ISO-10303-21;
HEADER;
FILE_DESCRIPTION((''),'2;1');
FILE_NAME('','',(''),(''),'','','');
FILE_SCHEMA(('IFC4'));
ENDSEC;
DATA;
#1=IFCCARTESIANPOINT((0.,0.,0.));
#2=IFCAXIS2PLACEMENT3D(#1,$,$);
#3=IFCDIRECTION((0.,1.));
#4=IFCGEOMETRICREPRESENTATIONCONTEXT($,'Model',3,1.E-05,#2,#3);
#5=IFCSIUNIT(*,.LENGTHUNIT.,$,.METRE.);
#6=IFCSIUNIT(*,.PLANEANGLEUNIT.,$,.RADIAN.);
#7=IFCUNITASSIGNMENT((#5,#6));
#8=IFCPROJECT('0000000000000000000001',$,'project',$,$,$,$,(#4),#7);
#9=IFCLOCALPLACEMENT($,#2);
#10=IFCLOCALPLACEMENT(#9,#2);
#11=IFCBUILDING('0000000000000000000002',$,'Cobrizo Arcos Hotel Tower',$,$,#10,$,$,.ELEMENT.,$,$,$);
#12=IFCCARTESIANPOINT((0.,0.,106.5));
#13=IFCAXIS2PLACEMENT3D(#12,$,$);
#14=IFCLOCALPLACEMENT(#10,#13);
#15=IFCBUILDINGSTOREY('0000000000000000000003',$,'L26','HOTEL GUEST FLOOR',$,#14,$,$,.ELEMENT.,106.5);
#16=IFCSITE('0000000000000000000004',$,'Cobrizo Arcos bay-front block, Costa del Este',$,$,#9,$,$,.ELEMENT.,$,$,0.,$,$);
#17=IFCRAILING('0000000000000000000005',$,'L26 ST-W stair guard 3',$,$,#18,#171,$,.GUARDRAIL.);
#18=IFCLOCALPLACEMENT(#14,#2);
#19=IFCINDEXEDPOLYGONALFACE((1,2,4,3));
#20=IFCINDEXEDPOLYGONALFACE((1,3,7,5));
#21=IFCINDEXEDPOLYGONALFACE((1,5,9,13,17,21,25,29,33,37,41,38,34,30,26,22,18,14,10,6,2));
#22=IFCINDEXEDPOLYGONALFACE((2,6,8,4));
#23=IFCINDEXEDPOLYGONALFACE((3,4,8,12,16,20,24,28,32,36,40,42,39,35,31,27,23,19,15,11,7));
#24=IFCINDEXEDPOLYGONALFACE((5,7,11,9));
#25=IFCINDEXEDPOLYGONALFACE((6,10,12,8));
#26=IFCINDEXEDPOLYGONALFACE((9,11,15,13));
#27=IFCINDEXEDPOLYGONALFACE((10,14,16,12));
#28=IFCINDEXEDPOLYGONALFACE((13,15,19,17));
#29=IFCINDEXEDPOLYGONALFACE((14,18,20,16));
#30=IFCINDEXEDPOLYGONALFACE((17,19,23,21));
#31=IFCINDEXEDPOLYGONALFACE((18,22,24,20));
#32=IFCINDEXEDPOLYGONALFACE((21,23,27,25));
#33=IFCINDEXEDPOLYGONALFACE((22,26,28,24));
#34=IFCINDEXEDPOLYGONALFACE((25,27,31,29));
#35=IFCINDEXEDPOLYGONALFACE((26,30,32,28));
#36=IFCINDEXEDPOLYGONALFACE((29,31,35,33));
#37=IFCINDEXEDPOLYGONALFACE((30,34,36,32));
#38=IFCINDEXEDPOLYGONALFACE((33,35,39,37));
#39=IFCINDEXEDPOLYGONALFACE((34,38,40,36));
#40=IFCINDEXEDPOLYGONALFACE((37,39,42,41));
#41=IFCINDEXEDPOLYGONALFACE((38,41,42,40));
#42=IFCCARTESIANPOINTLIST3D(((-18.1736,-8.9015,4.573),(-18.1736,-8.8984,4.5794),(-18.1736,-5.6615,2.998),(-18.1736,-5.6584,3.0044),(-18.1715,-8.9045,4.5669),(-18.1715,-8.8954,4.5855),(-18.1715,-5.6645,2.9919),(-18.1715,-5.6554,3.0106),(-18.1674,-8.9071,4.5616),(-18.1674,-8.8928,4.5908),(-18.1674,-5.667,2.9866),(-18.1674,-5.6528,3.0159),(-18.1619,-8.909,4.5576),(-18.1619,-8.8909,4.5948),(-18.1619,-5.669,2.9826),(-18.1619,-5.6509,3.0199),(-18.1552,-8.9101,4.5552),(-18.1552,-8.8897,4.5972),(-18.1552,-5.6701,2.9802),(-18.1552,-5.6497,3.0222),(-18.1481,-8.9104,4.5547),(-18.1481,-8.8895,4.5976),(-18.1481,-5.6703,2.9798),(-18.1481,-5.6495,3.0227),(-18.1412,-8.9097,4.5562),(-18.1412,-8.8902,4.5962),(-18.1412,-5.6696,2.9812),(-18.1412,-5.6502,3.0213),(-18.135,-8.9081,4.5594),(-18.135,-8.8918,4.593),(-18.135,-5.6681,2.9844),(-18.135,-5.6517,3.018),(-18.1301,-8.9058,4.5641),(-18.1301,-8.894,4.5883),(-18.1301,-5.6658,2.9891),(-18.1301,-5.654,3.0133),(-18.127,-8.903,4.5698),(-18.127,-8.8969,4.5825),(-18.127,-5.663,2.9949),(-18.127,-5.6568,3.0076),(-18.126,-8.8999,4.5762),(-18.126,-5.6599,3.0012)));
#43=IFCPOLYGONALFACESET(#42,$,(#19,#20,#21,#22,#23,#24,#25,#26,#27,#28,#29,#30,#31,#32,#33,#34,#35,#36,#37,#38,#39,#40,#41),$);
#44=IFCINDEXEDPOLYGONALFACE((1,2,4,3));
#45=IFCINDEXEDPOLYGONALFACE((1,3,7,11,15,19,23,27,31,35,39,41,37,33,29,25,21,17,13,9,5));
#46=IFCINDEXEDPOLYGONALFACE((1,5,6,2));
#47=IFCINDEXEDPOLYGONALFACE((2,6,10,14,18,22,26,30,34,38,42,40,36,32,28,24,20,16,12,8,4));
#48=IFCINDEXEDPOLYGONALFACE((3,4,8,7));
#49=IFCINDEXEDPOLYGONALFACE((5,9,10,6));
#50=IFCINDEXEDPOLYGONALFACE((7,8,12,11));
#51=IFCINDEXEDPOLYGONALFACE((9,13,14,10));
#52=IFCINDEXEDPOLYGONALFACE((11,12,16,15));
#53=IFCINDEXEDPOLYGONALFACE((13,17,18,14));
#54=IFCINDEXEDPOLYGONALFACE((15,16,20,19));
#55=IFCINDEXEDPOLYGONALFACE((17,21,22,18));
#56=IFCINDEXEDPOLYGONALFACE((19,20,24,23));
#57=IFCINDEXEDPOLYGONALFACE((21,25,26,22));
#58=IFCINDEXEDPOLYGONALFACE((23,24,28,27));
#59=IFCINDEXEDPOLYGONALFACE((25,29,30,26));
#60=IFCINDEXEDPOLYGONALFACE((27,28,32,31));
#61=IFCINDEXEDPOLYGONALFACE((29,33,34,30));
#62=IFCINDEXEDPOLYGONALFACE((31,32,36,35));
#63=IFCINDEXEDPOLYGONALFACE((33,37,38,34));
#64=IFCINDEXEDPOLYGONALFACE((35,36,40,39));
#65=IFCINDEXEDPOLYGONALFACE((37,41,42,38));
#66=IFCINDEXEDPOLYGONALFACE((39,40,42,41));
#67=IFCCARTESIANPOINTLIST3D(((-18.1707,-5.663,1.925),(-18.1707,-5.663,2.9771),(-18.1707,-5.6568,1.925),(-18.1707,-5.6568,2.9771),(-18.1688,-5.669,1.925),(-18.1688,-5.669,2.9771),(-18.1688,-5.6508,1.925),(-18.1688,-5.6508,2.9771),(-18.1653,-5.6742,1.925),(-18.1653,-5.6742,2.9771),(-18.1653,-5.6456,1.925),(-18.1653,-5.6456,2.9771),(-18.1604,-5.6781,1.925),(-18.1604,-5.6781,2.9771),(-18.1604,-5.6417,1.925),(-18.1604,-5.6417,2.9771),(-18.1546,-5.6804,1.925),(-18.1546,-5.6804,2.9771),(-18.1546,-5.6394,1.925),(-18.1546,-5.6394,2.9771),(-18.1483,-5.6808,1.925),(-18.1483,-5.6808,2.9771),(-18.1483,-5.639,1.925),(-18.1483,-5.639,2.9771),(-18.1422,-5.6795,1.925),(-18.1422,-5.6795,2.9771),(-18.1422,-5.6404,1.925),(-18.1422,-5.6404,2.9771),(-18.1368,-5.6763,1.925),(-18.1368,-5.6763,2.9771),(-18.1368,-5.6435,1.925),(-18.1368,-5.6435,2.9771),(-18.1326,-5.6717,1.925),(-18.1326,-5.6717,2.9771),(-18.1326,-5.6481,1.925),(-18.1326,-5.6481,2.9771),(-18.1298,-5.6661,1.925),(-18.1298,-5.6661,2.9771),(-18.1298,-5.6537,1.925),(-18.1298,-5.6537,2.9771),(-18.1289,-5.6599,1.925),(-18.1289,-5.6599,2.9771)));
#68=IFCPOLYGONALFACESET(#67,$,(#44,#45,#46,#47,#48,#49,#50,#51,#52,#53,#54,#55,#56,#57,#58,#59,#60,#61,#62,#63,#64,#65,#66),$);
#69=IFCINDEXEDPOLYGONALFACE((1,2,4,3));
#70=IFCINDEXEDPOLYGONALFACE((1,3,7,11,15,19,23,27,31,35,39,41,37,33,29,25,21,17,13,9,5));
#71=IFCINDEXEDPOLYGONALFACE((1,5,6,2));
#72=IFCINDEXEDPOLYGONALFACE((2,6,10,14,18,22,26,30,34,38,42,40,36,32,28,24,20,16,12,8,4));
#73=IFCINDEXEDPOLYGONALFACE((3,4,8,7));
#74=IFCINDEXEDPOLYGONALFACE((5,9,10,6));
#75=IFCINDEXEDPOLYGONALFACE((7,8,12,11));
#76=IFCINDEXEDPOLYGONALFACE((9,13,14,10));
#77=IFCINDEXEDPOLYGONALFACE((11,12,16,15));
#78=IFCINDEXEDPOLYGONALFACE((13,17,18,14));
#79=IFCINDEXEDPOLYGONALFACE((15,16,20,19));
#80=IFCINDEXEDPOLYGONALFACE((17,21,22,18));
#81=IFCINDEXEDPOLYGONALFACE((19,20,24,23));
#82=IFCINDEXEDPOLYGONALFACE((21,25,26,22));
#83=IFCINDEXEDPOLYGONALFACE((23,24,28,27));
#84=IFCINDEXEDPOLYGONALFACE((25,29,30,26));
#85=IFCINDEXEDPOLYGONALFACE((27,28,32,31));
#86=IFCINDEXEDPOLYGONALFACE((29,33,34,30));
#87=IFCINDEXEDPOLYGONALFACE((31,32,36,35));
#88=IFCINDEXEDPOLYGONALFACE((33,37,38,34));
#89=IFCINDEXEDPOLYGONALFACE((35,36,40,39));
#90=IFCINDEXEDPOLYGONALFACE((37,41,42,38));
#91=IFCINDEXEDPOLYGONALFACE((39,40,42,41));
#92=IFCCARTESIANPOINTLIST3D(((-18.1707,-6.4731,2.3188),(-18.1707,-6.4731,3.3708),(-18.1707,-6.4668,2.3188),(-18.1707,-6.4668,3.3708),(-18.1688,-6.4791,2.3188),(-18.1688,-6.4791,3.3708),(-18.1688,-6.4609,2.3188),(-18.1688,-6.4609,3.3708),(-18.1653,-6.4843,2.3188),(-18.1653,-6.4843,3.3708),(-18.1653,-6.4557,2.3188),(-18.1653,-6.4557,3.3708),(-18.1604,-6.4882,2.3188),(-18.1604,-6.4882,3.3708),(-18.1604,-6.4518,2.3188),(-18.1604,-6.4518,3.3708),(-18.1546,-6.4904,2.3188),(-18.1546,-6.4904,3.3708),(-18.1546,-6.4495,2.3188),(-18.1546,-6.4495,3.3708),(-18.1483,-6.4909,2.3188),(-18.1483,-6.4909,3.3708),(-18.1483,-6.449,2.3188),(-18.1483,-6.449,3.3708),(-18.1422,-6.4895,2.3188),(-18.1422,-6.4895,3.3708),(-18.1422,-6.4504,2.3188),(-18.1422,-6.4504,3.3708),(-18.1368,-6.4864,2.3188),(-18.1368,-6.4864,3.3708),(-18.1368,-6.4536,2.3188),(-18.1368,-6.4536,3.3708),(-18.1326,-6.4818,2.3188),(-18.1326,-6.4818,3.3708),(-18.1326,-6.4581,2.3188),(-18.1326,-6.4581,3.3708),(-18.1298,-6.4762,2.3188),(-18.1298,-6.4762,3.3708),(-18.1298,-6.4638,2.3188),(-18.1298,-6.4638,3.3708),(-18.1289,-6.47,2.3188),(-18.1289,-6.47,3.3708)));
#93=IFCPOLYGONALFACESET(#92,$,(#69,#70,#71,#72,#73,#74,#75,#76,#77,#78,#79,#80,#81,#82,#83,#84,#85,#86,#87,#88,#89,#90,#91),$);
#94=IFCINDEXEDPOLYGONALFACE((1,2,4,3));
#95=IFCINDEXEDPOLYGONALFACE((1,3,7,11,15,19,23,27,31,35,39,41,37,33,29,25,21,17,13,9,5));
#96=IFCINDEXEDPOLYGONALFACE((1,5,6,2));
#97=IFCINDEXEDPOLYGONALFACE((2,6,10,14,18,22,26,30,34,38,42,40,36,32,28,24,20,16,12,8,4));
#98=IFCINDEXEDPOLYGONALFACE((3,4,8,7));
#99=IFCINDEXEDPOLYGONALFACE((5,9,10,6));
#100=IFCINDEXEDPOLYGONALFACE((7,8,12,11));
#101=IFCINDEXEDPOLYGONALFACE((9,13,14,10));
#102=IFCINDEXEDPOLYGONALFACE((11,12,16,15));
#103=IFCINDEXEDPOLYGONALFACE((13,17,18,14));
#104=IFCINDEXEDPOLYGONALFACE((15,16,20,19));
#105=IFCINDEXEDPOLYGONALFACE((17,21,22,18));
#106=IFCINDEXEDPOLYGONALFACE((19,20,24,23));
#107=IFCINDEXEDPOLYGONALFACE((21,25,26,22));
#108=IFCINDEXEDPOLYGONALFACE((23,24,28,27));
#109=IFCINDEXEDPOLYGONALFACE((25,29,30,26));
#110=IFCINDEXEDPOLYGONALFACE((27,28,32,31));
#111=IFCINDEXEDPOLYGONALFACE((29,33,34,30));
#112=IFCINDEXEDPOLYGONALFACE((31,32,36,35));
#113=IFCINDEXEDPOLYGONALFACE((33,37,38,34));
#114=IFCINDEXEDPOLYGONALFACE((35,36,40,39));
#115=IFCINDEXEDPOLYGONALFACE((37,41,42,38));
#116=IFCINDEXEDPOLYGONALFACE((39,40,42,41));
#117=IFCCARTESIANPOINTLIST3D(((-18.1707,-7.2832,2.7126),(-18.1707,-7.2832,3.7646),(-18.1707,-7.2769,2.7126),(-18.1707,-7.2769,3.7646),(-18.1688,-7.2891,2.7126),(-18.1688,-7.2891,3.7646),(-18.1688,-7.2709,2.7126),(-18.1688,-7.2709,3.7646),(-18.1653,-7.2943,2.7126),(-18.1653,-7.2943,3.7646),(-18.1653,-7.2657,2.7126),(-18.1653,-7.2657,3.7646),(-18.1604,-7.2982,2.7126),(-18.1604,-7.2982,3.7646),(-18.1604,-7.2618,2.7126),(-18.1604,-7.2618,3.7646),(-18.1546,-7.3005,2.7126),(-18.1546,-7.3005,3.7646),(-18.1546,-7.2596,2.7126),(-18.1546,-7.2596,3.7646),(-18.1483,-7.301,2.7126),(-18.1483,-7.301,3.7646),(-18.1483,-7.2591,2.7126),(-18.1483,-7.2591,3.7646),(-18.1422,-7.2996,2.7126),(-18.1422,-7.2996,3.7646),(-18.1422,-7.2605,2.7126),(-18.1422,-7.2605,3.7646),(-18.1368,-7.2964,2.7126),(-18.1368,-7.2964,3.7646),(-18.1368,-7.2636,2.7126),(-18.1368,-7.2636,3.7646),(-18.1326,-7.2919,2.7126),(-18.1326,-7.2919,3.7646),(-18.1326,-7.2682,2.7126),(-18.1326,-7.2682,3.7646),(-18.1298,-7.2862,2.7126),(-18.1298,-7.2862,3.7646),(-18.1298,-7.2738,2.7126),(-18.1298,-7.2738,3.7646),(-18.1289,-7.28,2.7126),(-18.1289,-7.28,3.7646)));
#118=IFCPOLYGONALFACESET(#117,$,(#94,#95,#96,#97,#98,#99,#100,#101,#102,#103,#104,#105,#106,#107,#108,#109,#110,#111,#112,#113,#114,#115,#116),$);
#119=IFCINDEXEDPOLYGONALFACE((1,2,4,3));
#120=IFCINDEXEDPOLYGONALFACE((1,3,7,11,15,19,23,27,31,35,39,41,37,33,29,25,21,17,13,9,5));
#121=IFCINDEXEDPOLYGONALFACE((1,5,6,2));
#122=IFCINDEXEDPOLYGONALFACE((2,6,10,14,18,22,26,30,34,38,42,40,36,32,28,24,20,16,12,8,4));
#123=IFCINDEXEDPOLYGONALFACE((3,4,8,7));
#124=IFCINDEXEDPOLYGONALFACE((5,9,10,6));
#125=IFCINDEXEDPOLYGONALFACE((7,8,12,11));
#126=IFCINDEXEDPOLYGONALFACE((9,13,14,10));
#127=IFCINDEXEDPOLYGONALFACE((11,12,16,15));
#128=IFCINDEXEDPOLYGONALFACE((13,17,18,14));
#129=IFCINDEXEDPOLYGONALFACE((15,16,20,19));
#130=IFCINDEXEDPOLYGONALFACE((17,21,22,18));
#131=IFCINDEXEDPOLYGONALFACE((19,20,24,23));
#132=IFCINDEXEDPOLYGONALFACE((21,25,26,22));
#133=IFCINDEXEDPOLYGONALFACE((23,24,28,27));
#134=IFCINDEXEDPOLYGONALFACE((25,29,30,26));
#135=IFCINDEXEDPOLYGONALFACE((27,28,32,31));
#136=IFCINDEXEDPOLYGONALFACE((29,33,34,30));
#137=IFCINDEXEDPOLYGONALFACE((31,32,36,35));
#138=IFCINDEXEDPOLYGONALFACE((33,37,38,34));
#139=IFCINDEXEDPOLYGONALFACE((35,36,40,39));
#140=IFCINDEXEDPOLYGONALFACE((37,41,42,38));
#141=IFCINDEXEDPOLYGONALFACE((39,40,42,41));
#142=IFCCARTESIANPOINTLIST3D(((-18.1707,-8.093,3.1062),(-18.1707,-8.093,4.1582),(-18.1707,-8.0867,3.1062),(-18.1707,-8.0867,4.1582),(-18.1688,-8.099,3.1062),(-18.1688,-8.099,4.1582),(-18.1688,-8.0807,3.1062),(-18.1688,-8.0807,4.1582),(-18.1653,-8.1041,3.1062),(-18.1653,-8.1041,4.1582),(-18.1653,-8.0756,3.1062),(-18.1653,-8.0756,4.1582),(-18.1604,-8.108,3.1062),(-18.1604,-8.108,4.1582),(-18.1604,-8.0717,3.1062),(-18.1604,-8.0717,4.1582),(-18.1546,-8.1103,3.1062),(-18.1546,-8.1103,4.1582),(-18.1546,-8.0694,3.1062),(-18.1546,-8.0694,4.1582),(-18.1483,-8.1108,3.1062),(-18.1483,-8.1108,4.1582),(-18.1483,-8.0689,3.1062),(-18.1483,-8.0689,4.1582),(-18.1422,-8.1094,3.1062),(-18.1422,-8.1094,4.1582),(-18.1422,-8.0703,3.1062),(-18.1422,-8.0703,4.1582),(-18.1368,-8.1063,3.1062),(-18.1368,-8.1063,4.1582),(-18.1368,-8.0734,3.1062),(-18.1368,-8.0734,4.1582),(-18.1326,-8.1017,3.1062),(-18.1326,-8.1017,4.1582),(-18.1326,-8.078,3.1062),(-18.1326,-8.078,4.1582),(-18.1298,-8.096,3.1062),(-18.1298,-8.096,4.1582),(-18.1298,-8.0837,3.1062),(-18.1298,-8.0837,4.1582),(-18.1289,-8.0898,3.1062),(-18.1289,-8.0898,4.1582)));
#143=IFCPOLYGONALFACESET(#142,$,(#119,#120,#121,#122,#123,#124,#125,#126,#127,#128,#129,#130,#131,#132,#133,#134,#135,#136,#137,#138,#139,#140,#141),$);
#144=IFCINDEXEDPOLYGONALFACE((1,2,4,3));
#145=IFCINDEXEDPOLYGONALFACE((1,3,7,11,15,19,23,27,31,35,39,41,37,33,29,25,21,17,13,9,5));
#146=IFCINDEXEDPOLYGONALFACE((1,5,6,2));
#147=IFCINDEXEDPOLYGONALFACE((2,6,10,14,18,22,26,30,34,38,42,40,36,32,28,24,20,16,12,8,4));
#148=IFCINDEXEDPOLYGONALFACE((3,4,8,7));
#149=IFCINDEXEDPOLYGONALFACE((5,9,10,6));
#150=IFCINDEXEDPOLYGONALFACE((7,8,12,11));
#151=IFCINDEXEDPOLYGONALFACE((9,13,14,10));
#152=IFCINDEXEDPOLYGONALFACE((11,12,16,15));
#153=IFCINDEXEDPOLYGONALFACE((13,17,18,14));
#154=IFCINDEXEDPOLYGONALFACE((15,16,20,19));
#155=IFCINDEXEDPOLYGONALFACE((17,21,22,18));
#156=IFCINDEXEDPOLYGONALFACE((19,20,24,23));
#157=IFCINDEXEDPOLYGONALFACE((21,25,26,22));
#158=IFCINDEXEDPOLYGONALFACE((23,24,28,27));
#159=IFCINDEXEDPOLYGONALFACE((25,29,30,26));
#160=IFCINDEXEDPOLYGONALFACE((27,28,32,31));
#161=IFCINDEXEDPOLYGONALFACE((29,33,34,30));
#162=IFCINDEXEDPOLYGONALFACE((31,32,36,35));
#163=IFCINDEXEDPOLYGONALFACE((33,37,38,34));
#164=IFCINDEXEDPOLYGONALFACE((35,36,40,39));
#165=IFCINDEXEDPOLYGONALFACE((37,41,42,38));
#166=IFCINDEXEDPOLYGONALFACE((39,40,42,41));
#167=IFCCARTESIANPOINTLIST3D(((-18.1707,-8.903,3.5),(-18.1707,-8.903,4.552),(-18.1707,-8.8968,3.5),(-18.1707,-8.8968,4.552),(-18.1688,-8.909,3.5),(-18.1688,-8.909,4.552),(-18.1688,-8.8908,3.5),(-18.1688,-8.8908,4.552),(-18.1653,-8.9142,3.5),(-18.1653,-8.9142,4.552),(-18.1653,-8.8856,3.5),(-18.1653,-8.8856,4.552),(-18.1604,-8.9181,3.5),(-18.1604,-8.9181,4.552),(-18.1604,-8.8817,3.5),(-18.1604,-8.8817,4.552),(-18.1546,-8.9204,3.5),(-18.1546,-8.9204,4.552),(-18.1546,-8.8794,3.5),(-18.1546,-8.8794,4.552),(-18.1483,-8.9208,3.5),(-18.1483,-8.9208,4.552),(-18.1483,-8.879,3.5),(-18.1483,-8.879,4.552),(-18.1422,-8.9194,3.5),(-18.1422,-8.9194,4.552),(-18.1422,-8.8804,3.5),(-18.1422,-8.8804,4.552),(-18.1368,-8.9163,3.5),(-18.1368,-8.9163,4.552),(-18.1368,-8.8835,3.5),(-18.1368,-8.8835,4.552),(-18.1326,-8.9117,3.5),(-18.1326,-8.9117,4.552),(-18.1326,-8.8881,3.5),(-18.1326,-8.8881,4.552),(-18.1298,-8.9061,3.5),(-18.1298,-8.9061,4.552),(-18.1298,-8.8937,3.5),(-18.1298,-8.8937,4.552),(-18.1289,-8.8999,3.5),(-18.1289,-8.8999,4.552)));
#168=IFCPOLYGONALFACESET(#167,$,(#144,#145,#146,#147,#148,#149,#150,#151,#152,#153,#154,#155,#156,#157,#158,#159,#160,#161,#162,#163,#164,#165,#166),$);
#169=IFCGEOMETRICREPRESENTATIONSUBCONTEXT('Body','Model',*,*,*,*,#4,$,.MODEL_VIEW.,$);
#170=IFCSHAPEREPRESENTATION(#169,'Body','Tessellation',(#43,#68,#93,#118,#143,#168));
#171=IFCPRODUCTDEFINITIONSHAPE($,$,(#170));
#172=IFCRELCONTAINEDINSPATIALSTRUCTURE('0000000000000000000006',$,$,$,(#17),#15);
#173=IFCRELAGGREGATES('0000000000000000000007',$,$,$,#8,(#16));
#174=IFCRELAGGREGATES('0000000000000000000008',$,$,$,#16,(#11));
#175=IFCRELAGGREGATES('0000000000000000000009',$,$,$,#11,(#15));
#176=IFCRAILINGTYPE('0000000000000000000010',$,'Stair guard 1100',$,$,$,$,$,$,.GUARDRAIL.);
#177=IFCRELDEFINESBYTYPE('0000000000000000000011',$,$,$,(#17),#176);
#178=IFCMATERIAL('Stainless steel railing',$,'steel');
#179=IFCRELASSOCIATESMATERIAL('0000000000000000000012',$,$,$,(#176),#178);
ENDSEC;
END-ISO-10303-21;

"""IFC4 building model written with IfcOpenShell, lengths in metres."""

from ifc_helpers import new_model, si_unit, direction, frame, origin, origin_2d, place, context, subcontext, project, spatial, circle, extrude, material, type_object, element, save


model = new_model("IFC4")

# Units and contexts
model_context = context("Model", 3, precision=1e-05, world=origin(), true_north=direction((0.0, 1.0)))
body_context = subcontext(model_context, "Body", "Model", "MODEL_VIEW")
ifc_project = project(units=[si_unit("LENGTHUNIT", "METRE"), si_unit("PLANEANGLEUNIT", "RADIAN")], contexts=[model_context])

# Site, building, storey
site_placement = place(None, origin())
site = spatial("IfcSite", under=ifc_project, at=site_placement, Name="Cobrizo Arcos bay-front block, Costa del Este", CompositionType="ELEMENT", RefElevation=0.0)
building_placement = place(site_placement, origin())
building = spatial("IfcBuilding", under=site, at=building_placement, Name="Cobrizo Arcos Hotel Tower", CompositionType="ELEMENT")
storey_placement = place(building_placement, frame((0.0, 0.0, 106.5)))
storey = spatial("IfcBuildingStorey", under=building, at=storey_placement, Name="L26", Description="HOTEL GUEST FLOOR", CompositionType="ELEMENT", Elevation=106.5)

# Railing
ifc_material_1 = material(Name="Stainless steel railing", Category="steel")
railing_type_1 = type_object("IfcRailingType", Name="Stair guard 1100", PredefinedType="GUARDRAIL", material=ifc_material_1)
railing_1_placement = place(storey_placement, frame((-18.1499, -5.6599, 1.925)))
element("IfcRailing", 1, at=railing_1_placement, inside=storey, type_object=railing_type_1, Name="L26 ST-W stair guard 3", PredefinedType="GUARDRAIL", context=body_context, shape_type="SweptSolid", body=[
    extrude(circle(Radius=0.0239, at=origin_2d()), frame((0.0, 0.0, 1.0762), z_axis=(0.0, -0.899373, 0.437183), x_axis=(1.0, 0.0, 0.0)), (0.0, 0.0, 1.0), 3.6025),
    extrude(circle(Radius=0.021, at=origin_2d()), origin(), (0.0, 0.0, 1.0), 1.052),
    extrude(circle(Radius=0.021, at=origin_2d()), frame((0.0, -0.8101, 0.3938)), (0.0, 0.0, 1.0), 1.052),
    extrude(circle(Radius=0.021, at=origin_2d()), frame((0.0, -1.6201, 0.7876)), (0.0, 0.0, 1.0), 1.052),
    extrude(circle(Radius=0.021, at=origin_2d()), frame((0.0, -2.4299, 1.1812)), (0.0, 0.0, 1.0), 1.052),
    extrude(circle(Radius=0.021, at=origin_2d()), frame((0.0, -3.24, 1.575)), (0.0, 0.0, 1.0), 1.052),
])

save(model, "model.ifc")
